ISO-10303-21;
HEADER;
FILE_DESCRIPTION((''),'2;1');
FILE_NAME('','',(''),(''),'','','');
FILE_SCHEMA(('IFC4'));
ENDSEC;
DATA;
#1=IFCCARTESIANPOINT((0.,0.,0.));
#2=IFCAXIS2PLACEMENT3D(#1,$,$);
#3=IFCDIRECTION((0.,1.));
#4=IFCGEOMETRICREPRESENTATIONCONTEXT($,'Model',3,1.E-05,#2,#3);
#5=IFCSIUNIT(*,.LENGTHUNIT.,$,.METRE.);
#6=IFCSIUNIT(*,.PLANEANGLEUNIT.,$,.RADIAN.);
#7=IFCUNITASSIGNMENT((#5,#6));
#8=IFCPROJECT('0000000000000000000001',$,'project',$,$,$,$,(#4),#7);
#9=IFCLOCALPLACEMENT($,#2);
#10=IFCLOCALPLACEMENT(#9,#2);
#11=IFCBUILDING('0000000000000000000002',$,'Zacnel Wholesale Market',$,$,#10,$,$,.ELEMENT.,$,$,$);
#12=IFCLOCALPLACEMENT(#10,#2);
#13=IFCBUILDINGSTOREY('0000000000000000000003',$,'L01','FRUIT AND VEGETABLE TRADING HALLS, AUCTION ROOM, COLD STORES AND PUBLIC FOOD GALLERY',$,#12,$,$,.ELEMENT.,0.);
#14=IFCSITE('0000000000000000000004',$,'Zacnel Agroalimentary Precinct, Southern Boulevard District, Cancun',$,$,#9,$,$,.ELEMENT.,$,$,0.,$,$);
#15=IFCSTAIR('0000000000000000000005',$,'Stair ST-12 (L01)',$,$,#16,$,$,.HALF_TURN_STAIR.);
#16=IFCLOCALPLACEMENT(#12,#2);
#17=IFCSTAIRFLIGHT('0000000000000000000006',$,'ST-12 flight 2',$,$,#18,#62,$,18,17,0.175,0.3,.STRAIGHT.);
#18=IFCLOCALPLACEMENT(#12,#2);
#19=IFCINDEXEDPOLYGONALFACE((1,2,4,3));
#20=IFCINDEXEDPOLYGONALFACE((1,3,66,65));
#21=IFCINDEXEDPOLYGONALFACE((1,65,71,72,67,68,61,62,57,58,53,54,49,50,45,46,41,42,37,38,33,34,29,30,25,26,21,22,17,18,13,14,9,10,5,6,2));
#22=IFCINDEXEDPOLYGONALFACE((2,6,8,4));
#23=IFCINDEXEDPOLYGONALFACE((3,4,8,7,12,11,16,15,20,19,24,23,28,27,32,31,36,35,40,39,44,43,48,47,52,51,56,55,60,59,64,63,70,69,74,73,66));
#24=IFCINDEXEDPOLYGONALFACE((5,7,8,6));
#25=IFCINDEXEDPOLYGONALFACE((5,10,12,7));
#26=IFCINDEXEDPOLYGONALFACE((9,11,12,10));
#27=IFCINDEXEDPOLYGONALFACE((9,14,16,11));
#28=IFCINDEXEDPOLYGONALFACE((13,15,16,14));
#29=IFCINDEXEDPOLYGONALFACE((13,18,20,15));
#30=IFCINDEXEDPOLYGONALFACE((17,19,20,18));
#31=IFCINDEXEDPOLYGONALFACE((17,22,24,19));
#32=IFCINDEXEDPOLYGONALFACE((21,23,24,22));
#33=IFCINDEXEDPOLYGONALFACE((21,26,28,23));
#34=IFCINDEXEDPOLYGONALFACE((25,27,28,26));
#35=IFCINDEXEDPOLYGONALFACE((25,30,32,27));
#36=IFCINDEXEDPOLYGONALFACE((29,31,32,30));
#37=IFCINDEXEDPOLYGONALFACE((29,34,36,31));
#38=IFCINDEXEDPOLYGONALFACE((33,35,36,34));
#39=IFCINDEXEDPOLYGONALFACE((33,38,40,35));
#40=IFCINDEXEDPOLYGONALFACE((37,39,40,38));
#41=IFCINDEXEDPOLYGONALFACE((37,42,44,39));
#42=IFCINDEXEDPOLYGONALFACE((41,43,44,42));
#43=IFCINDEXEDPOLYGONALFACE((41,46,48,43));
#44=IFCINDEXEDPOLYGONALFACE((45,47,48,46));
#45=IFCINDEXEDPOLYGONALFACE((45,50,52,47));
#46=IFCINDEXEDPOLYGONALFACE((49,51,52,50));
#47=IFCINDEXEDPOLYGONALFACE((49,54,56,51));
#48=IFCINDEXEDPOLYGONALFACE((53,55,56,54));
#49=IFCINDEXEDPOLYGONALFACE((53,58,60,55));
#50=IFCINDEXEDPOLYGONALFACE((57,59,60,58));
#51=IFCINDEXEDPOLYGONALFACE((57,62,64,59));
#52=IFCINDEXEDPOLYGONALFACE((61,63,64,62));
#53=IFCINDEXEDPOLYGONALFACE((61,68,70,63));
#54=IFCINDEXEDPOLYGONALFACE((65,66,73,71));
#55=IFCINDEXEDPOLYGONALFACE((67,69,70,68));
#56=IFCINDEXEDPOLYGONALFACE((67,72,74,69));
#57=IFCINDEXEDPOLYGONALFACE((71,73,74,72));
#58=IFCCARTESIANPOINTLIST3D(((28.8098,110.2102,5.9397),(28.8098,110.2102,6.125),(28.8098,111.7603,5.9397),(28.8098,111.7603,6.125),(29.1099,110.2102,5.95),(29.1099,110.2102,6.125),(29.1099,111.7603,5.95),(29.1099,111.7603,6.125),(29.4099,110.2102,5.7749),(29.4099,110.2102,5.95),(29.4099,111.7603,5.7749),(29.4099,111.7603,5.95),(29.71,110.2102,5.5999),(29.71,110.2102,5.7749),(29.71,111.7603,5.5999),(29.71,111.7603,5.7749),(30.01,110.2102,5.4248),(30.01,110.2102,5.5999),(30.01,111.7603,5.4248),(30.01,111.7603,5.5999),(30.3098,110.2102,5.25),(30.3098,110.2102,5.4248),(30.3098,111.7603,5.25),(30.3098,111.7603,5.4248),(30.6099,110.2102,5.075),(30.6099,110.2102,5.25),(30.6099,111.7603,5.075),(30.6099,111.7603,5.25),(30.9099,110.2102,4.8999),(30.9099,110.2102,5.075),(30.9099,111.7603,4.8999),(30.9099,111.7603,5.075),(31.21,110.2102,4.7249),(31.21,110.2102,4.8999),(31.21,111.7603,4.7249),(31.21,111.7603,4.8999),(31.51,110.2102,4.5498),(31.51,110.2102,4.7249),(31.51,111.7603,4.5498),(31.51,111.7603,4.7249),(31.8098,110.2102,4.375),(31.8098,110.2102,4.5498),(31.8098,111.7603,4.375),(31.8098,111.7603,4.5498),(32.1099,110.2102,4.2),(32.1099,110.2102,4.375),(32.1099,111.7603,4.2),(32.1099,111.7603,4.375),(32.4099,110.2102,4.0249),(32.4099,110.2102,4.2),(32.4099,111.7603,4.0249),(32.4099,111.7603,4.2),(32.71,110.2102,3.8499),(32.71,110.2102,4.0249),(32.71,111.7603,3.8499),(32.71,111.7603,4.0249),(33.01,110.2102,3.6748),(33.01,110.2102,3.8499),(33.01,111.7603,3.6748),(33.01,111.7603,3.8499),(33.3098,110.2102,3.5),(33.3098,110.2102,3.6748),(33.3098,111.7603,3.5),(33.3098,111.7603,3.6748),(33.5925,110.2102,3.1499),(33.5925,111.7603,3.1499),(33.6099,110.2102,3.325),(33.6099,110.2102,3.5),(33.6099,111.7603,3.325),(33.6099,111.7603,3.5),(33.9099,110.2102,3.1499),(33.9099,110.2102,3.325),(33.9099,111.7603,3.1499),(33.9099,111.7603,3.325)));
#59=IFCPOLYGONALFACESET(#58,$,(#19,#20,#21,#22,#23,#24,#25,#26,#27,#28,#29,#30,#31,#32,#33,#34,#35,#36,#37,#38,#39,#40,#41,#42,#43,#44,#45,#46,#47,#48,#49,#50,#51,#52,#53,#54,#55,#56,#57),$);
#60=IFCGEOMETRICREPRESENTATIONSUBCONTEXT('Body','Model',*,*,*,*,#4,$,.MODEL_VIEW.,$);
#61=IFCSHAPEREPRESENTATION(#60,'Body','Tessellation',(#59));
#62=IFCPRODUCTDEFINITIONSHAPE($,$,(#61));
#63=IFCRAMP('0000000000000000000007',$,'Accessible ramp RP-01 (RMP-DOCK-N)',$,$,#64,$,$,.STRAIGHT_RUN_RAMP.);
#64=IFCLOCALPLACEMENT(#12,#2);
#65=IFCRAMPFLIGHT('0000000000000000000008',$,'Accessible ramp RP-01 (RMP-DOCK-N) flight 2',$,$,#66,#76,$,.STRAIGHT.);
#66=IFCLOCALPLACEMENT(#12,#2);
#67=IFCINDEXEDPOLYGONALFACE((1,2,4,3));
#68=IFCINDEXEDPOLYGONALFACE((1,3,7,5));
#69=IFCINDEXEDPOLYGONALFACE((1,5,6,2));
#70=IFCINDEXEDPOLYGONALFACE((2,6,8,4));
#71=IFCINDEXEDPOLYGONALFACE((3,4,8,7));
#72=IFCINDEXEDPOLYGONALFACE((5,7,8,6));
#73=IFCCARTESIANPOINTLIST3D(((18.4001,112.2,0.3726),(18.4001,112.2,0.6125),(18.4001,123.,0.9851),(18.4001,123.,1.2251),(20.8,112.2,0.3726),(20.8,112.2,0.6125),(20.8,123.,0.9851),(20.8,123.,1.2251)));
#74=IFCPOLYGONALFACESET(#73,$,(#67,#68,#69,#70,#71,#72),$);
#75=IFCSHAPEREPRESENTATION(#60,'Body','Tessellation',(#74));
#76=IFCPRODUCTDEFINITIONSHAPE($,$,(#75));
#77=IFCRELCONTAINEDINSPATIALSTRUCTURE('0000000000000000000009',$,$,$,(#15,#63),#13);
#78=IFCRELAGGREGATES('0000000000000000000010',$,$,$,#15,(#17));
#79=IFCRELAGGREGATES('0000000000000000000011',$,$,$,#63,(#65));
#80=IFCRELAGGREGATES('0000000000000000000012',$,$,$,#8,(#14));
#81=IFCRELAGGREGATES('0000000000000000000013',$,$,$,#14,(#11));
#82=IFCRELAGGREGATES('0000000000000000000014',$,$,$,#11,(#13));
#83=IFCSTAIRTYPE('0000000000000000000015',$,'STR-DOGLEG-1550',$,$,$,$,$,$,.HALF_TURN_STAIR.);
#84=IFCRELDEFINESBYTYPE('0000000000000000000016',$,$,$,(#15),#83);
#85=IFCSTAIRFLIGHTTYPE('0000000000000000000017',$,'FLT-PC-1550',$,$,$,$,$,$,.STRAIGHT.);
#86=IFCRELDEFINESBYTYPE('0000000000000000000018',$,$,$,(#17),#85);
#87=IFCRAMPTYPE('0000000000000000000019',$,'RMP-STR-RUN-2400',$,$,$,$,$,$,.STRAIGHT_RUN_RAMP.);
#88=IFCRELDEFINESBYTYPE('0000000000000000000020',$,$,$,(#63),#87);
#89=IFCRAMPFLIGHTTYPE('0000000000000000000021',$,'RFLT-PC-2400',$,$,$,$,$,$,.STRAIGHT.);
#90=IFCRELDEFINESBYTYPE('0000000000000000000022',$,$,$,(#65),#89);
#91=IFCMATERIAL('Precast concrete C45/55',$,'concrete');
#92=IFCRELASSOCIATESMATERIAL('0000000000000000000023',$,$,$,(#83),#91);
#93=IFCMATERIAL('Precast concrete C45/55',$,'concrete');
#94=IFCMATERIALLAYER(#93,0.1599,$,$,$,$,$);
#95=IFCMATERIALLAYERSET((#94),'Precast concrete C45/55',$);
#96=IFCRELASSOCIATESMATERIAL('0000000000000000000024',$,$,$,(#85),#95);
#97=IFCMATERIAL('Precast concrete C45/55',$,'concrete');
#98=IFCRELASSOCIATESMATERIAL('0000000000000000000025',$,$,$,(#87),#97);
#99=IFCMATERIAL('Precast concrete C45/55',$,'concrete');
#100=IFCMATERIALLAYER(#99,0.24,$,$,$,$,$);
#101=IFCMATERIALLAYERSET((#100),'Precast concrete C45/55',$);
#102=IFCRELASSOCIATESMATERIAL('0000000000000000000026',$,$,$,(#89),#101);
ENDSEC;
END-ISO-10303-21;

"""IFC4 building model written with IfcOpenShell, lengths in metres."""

from ifc_helpers import new_model, si_unit, direction, frame, origin, place, context, subcontext, project, spatial, polyline, outline, extrude, material, layer, layer_set, type_object, element, aggregate, save


model = new_model("IFC4")

# Units and contexts
model_context = context("Model", 3, precision=1e-05, world=origin(), true_north=direction((0.0, 1.0)))
body_context = subcontext(model_context, "Body", "Model", "MODEL_VIEW")
ifc_project = project(units=[si_unit("LENGTHUNIT", "METRE"), si_unit("PLANEANGLEUNIT", "RADIAN")], contexts=[model_context])

# Site, building, storey
site_placement = place(None, origin())
site = spatial("IfcSite", under=ifc_project, at=site_placement, Name="Zacnel Agroalimentary Precinct, Southern Boulevard District, Cancun", CompositionType="ELEMENT", RefElevation=0.0)
building_placement = place(site_placement, origin())
building = spatial("IfcBuilding", under=site, at=building_placement, Name="Zacnel Wholesale Market", CompositionType="ELEMENT")
storey_placement = place(building_placement, origin())
storey = spatial("IfcBuildingStorey", under=building, at=storey_placement, Name="L01", Description="FRUIT AND VEGETABLE TRADING HALLS, AUCTION ROOM, COLD STORES AND PUBLIC FOOD GALLERY", CompositionType="ELEMENT", Elevation=0.0)

# Stair, stair flight
ifc_material_1 = material(Name="Precast concrete C45/55", Category="concrete")
stair_type = type_object("IfcStairType", Name="STR-DOGLEG-1550", PredefinedType="HALF_TURN_STAIR", material=ifc_material_1)
stair_placement = place(storey_placement, origin())
stair = element("IfcStair", 1, at=stair_placement, inside=storey, type_object=stair_type, Name="Stair ST-12 (L01)", PredefinedType="HALF_TURN_STAIR")
ifc_material_2 = material(Name="Precast concrete C45/55", Category="concrete")
ifc_layer_1 = layer(ifc_material_2, 0.1599)
ifc_layer_set_1 = layer_set([ifc_layer_1], Name="Precast concrete C45/55")
stair_flight_type = type_object("IfcStairFlightType", Name="FLT-PC-1550", PredefinedType="STRAIGHT", material=ifc_layer_set_1)
stair_flight_1_placement = place(storey_placement, frame((33.9099, 110.9851, 3.1499), z_axis=(0.0, 0.0, 1.0), x_axis=(-1.0, 0.0, 0.0)))
stair_flight_1 = element("IfcStairFlight", 2, at=stair_flight_1_placement, type_object=stair_flight_type, Name="ST-12 flight 2", NumberOfRisers=18, NumberOfTreads=17, PredefinedType="STRAIGHT", RiserHeight=0.175, TreadLength=0.3, context=body_context, shape_type="SweptSolid", body=[
    extrude(outline(polyline([(0.0, 0.0), (0.0, 0.175), (0.3, 0.175), (0.3, 0.3501), (0.6001, 0.3501), (0.6001, 0.5249), (0.8999, 0.5249), (0.8999, 0.7), (1.2, 0.7), (1.2, 0.875), (1.5, 0.875), (1.5, 1.05), (1.8, 1.05), (1.8, 1.2251), (2.1001, 1.2251), (2.1001, 1.3999), (2.3999, 1.3999), (2.3999, 1.575), (2.7, 1.575), (2.7, 1.75), (3.0, 1.75), (3.0, 1.925), (3.3, 1.925), (3.3, 2.1001), (3.6001, 2.1001), (3.6001, 2.2749), (3.8999, 2.2749), (3.8999, 2.45), (4.2, 2.45), (4.2, 2.625), (4.5, 2.625), (4.5, 2.8), (4.8, 2.8), (4.8, 2.9751), (5.1001, 2.9751), (5.1001, 3.1499), (5.1001, 2.7898), (0.3174, 0.0), (0.0, 0.0)])), frame((0.0, 0.7749, 0.0), z_axis=(0.0, -1.0, 0.0), x_axis=(1.0, 0.0, 0.0)), (0.0, 0.0, 1.0), 1.55),
])
aggregate(stair, [stair_flight_1])

# Ramp, ramp flight
ifc_material_3 = material(Name="Precast concrete C45/55", Category="concrete")
ramp_type = type_object("IfcRampType", Name="RMP-STR-RUN-2400", PredefinedType="STRAIGHT_RUN_RAMP", material=ifc_material_3)
ramp_placement = place(storey_placement, origin())
ramp = element("IfcRamp", 3, at=ramp_placement, inside=storey, type_object=ramp_type, Name="Accessible ramp RP-01 (RMP-DOCK-N)", PredefinedType="STRAIGHT_RUN_RAMP")
ifc_material_4 = material(Name="Precast concrete C45/55", Category="concrete")
ifc_layer_2 = layer(ifc_material_4, 0.24)
ifc_layer_set_2 = layer_set([ifc_layer_2], Name="Precast concrete C45/55")
ramp_flight_type = type_object("IfcRampFlightType", Name="RFLT-PC-2400", PredefinedType="STRAIGHT", material=ifc_layer_set_2)
ramp_flight_placement = place(storey_placement, frame((19.6001, 112.2, 0.6125), z_axis=(0.0, 0.0, 1.0), x_axis=(0.0, 1.0, 0.0)))
ramp_flight = element("IfcRampFlight", 4, at=ramp_flight_placement, type_object=ramp_flight_type, Name="Accessible ramp RP-01 (RMP-DOCK-N) flight 2", PredefinedType="STRAIGHT", context=body_context, shape_type="SweptSolid", body=[
    extrude(outline(polyline([(0.0, 0.0), (10.8, 0.6125), (10.8, 0.3726), (0.0, -0.24), (0.0, 0.0)])), frame((0.0, 1.2, 0.0), z_axis=(0.0, -1.0, 0.0), x_axis=(1.0, 0.0, 0.0)), (0.0, 0.0, 1.0), 2.3999),
])
aggregate(ramp, [ramp_flight])

save(model, "model.ifc")
